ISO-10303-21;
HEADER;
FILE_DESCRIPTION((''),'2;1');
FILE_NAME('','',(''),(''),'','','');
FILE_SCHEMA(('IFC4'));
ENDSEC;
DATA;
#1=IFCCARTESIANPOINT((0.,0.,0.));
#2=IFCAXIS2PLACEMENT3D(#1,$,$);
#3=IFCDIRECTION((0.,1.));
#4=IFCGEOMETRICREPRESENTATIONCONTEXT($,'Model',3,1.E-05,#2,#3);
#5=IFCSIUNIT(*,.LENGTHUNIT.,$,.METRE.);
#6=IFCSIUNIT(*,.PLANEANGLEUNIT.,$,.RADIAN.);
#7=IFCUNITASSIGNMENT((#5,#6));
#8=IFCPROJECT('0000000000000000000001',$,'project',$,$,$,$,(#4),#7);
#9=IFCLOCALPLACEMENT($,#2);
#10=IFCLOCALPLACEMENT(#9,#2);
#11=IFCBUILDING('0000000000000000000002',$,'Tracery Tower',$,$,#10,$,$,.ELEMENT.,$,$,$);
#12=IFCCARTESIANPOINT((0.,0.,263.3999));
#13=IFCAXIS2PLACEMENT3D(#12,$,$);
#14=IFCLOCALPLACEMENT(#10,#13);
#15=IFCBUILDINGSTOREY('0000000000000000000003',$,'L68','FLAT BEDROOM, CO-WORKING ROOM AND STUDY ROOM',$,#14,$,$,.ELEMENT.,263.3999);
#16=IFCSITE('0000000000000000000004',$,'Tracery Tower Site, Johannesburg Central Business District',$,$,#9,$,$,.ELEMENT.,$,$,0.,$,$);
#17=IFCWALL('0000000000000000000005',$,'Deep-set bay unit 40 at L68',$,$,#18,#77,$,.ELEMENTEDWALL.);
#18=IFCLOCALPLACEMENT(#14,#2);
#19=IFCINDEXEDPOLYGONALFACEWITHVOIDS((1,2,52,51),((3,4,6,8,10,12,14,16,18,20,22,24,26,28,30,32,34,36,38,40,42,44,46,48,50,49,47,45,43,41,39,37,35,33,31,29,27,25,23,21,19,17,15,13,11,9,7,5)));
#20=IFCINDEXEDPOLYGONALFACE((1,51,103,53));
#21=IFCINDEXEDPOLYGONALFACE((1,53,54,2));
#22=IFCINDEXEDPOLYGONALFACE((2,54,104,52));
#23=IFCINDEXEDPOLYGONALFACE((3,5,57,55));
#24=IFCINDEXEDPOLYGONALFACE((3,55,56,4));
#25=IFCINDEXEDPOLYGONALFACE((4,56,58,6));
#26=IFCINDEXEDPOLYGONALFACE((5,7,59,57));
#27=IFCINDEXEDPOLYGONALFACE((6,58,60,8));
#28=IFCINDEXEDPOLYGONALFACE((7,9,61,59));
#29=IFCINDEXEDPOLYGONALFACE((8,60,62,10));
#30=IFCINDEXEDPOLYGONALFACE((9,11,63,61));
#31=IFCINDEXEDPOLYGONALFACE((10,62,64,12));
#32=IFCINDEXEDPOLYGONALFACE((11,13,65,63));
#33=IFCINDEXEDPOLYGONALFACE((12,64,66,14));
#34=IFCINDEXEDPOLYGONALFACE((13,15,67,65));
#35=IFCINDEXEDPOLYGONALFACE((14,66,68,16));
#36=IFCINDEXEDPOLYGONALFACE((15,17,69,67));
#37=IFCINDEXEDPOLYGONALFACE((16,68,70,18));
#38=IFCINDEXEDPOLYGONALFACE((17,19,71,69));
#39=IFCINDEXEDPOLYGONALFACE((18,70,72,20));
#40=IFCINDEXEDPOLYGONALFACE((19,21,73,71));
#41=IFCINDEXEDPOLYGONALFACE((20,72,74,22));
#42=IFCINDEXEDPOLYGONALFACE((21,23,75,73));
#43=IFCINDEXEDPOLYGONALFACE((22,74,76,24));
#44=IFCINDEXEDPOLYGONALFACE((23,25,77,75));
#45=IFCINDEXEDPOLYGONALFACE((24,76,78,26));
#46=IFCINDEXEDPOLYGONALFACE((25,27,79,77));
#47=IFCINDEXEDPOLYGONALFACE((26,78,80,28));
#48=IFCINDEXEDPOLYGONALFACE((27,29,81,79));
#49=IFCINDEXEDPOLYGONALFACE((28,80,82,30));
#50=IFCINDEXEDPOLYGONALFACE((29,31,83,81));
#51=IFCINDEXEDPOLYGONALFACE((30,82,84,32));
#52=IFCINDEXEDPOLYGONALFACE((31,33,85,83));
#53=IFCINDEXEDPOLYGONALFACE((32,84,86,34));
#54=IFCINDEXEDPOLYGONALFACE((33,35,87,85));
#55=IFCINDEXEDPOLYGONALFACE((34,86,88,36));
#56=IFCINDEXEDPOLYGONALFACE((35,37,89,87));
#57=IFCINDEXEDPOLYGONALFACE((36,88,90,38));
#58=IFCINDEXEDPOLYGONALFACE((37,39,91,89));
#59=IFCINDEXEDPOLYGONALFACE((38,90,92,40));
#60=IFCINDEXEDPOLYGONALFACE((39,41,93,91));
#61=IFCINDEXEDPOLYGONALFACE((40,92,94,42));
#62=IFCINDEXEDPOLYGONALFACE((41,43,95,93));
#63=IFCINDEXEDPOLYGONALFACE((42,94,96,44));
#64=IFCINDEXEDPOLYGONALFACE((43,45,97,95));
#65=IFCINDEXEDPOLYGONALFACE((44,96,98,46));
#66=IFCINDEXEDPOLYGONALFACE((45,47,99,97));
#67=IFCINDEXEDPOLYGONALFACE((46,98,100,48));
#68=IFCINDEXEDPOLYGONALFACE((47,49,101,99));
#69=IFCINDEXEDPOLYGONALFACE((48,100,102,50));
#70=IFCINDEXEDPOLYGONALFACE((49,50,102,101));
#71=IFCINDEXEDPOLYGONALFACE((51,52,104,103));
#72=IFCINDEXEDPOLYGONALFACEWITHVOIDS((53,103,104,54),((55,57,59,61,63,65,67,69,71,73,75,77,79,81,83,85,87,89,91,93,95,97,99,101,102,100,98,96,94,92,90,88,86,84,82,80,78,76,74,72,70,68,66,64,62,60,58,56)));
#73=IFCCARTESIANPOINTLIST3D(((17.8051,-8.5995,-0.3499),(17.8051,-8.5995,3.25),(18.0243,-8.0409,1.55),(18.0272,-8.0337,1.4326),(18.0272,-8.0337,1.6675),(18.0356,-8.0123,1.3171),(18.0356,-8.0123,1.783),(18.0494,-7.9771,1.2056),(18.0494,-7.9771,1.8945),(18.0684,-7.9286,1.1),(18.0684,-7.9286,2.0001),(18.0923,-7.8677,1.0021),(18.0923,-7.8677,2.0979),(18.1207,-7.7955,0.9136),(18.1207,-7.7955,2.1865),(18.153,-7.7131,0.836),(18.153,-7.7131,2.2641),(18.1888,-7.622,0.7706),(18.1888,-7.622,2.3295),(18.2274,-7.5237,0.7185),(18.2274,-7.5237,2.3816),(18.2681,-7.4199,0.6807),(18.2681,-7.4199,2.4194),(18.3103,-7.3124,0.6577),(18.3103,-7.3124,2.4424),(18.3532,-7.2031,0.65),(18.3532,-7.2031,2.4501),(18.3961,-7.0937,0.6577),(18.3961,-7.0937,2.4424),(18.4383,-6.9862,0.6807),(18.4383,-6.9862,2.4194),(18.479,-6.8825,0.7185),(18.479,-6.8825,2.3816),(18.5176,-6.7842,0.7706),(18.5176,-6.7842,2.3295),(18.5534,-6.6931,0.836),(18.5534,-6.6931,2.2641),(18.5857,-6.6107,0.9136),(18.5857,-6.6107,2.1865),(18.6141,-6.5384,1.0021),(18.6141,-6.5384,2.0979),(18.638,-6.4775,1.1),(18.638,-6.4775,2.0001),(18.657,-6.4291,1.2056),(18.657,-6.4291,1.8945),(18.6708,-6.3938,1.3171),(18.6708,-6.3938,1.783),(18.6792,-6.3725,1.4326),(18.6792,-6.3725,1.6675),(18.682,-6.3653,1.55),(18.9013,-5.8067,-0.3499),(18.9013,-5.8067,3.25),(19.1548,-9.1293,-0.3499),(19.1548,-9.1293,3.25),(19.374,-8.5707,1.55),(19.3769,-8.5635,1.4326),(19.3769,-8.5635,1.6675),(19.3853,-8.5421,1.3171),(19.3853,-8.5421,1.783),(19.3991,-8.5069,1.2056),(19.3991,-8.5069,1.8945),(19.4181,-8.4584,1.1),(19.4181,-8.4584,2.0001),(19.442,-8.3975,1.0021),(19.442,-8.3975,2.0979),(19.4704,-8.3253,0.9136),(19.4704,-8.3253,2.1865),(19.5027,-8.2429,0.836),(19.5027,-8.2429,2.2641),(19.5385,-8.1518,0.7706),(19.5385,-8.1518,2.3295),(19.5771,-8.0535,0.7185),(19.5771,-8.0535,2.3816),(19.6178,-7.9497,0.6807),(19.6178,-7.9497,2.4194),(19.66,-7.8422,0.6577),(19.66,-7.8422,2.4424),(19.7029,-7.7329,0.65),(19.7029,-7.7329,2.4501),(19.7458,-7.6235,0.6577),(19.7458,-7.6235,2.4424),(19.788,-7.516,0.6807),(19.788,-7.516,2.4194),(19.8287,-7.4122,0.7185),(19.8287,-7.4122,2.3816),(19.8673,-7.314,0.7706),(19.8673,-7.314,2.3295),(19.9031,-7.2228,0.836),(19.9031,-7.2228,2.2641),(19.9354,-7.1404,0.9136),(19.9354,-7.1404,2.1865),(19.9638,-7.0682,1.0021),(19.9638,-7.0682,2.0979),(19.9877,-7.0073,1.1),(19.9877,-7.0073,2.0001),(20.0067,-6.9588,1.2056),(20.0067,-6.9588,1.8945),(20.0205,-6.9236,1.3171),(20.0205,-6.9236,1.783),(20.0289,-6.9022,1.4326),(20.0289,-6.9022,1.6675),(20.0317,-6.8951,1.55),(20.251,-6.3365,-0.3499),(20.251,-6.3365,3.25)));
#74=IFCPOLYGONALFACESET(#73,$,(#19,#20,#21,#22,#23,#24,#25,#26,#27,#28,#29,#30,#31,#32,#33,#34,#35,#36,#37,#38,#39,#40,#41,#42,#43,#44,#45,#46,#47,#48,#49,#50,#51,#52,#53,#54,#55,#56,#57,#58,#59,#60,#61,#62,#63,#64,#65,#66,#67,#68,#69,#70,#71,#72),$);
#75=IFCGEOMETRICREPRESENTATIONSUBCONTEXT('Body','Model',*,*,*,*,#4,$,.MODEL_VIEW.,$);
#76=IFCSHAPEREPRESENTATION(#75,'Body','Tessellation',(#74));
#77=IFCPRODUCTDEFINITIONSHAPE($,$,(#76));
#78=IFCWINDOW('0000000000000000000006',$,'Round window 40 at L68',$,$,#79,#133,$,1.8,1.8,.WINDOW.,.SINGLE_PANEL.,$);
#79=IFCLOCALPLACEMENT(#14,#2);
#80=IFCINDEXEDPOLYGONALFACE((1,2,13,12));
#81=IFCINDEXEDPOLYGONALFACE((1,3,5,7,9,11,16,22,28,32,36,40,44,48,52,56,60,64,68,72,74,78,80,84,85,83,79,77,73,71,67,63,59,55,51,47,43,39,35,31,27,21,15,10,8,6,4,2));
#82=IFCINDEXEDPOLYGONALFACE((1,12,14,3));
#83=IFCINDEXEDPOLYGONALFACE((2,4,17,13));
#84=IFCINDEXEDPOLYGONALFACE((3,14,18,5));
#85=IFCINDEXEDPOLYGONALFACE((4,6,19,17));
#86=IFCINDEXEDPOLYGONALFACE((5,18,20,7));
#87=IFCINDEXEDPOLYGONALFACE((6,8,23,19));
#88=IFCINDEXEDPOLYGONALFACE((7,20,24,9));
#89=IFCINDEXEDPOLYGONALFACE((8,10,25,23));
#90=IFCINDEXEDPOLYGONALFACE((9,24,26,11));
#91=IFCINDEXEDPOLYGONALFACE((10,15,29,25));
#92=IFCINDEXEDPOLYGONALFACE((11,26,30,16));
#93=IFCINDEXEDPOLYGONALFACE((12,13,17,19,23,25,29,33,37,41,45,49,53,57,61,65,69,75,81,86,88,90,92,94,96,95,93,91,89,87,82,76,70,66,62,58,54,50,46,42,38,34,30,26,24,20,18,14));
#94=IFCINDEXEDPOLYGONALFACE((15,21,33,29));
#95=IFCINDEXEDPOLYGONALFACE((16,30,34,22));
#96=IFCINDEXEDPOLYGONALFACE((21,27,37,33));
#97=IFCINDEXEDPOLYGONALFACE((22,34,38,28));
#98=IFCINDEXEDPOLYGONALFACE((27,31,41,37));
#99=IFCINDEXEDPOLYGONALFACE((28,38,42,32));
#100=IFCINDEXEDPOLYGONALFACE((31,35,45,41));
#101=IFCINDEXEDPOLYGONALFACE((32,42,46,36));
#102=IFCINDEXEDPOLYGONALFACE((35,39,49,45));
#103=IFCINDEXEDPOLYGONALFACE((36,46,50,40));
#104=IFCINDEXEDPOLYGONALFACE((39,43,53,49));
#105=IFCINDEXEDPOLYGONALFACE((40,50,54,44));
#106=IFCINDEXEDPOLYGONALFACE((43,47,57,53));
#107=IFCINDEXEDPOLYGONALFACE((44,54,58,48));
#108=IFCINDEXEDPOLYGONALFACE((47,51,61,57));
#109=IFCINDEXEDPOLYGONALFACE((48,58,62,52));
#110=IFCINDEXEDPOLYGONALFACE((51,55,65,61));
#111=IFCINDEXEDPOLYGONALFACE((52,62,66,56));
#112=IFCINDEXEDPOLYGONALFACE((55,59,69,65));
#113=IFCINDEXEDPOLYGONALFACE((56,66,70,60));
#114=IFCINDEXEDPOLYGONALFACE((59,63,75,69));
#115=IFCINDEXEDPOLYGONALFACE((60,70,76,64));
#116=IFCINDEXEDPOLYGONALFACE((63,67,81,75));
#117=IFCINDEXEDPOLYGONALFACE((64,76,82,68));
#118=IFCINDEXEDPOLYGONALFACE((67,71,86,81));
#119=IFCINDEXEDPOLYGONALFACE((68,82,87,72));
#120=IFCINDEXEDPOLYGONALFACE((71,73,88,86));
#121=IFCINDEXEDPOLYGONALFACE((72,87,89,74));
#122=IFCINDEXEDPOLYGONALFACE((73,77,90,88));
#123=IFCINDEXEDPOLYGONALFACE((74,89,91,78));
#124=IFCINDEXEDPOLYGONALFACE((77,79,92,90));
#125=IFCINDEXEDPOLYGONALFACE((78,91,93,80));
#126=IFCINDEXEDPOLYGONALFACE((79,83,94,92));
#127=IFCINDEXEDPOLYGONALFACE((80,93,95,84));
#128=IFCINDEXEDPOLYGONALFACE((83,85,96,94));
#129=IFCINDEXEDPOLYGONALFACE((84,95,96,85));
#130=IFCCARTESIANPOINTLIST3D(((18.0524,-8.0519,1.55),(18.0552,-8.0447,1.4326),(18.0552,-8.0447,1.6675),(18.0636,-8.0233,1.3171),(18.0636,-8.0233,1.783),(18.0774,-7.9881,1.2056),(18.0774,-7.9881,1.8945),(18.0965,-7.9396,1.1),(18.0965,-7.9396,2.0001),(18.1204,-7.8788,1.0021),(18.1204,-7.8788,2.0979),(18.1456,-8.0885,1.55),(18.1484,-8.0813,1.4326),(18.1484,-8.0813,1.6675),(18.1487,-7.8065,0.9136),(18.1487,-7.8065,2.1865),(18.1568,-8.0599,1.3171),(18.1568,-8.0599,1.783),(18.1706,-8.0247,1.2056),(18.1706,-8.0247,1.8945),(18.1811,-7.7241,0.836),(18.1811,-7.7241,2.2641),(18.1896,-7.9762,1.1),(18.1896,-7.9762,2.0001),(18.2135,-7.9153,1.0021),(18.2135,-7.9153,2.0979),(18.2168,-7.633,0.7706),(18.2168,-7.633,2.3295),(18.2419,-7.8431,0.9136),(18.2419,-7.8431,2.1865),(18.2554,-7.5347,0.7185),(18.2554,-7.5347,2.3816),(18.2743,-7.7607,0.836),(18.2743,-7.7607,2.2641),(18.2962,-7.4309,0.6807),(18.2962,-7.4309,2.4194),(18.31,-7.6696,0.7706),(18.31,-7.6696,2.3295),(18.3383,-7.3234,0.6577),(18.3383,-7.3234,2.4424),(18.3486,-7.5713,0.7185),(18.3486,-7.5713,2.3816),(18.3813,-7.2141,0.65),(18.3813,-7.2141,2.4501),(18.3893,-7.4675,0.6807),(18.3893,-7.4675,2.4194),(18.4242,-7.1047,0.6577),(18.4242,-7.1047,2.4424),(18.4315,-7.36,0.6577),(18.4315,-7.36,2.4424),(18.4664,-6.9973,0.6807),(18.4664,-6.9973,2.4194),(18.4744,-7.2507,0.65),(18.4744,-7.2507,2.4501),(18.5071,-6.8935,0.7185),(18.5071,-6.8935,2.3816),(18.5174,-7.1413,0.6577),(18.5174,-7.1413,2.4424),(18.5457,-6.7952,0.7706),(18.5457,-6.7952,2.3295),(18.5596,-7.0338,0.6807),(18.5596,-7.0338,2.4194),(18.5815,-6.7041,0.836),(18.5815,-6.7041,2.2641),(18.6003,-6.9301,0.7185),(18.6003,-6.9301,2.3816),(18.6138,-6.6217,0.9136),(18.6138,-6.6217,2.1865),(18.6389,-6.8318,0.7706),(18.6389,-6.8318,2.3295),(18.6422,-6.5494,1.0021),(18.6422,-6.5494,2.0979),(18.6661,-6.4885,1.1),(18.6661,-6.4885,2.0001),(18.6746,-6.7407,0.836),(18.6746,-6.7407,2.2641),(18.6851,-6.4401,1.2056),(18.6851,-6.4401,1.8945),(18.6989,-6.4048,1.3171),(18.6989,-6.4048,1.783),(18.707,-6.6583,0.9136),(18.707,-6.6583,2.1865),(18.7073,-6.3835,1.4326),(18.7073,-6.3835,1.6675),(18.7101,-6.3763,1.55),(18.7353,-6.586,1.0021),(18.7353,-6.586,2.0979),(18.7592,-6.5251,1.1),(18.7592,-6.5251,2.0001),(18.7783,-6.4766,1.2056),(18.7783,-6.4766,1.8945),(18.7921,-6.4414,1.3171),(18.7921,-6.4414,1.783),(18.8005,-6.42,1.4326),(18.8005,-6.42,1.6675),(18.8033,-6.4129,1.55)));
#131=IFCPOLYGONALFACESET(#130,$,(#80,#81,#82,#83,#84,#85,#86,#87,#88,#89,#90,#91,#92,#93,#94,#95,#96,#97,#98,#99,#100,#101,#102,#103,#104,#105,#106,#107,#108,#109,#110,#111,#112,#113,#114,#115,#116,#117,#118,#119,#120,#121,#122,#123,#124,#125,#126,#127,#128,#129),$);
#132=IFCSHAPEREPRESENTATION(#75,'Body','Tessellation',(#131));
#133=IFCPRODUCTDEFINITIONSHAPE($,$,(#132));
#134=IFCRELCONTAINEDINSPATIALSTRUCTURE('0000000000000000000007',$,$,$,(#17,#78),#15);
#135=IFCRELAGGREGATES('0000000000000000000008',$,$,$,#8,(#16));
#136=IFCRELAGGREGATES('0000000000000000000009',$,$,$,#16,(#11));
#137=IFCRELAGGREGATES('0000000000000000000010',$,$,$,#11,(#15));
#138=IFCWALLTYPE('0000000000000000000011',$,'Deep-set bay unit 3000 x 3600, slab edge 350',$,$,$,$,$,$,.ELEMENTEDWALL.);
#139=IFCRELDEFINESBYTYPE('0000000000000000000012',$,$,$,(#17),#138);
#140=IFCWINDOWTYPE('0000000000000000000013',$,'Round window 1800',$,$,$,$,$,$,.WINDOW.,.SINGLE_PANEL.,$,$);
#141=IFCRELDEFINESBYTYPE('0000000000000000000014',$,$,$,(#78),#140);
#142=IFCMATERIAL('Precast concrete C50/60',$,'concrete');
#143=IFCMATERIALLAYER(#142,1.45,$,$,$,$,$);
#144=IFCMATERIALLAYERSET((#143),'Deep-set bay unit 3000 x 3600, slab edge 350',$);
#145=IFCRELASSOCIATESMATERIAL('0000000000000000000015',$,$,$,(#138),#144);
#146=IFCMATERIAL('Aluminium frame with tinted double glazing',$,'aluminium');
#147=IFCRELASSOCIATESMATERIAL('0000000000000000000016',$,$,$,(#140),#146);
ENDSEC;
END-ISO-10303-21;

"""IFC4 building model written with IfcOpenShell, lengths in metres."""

from ifc_helpers import new_model, si_unit, direction, frame, frame_2d, origin, origin_2d, place, context, subcontext, project, spatial, rectangle, circle, extrude, material, layer, layer_set, type_object, element, fill, save


model = new_model("IFC4")

# Units and contexts
model_context = context("Model", 3, precision=1e-05, world=origin(), true_north=direction((0.0, 1.0)))
body_context = subcontext(model_context, "Body", "Model", "MODEL_VIEW")
ifc_project = project(units=[si_unit("LENGTHUNIT", "METRE"), si_unit("PLANEANGLEUNIT", "RADIAN")], contexts=[model_context])

# Site, building, storey
site_placement = place(None, origin())
site = spatial("IfcSite", under=ifc_project, at=site_placement, Name="Tracery Tower Site, Johannesburg Central Business District", CompositionType="ELEMENT", RefElevation=0.0)
building_placement = place(site_placement, origin())
building = spatial("IfcBuilding", under=site, at=building_placement, Name="Tracery Tower", CompositionType="ELEMENT")
storey_placement = place(building_placement, frame((0.0, 0.0, 263.3999)))
storey = spatial("IfcBuildingStorey", under=building, at=storey_placement, Name="L68", Description="FLAT BEDROOM, CO-WORKING ROOM AND STUDY ROOM", CompositionType="ELEMENT", Elevation=263.3999)

# Wall, opening, window
ifc_material_1 = material(Name="Precast concrete C50/60", Category="concrete")
ifc_layer_1 = layer(ifc_material_1, 1.45)
ifc_layer_set_1 = layer_set([ifc_layer_1], Name="Deep-set bay unit 3000 x 3600, slab edge 350")
wall_type_1 = type_object("IfcWallType", Name="Deep-set bay unit 3000 x 3600, slab edge 350", PredefinedType="ELEMENTEDWALL", material=ifc_layer_set_1)
wall_1_placement = place(storey_placement, frame((18.48, -8.8643, -0.3499), z_axis=(0.0, 0.0, 1.0), x_axis=(0.365378, 0.930859, 0.0)))
wall_1 = element("IfcWall", 1, at=wall_1_placement, inside=storey, type_object=wall_type_1, Name="Deep-set bay unit 40 at L68", PredefinedType="ELEMENTEDWALL", context=body_context, shape_type="SweptSolid", body=[
    extrude(rectangle(XDim=3.0002, YDim=1.45, at=frame_2d((1.5, 0.0))), origin(), (0.0, 0.0, 1.0), 3.5999),
])
opening_1_placement = place(wall_1_placement, frame((1.5, 0.0, 1.8999)))
opening_1 = element("IfcOpeningElement", 2, at=opening_1_placement, cuts=wall_1, PredefinedType="OPENING", context=body_context, shape_type="SweptSolid", body=[
    extrude(circle(Radius=0.9, at=origin_2d()), frame((0.0, 0.7349, 0.0), z_axis=(0.0, -1.0, 0.0), x_axis=(1.0, 0.0, 0.0)), (0.0, 0.0, 1.0), 1.47),
])
ifc_material_2 = material(Name="Aluminium frame with tinted double glazing", Category="aluminium")
window_type = type_object("IfcWindowType", Name="Round window 1800", PartitioningType="SINGLE_PANEL", PredefinedType="WINDOW", material=ifc_material_2)
window_1_placement = place(opening_1_placement, origin())
window_1 = element("IfcWindow", 3, at=window_1_placement, inside=storey, type_object=window_type, Name="Round window 40 at L68", OverallHeight=1.8, OverallWidth=1.8, PartitioningType="SINGLE_PANEL", PredefinedType="WINDOW", context=body_context, shape_type="SweptSolid", body=[
    extrude(circle(Radius=0.9, at=origin_2d()), frame((0.0, 0.6948, 0.0), z_axis=(0.0, -1.0, 0.0), x_axis=(1.0, 0.0, 0.0)), (0.0, 0.0, 1.0), 0.1001),
])
fill(opening_1, window_1)

save(model, "model.ifc")
